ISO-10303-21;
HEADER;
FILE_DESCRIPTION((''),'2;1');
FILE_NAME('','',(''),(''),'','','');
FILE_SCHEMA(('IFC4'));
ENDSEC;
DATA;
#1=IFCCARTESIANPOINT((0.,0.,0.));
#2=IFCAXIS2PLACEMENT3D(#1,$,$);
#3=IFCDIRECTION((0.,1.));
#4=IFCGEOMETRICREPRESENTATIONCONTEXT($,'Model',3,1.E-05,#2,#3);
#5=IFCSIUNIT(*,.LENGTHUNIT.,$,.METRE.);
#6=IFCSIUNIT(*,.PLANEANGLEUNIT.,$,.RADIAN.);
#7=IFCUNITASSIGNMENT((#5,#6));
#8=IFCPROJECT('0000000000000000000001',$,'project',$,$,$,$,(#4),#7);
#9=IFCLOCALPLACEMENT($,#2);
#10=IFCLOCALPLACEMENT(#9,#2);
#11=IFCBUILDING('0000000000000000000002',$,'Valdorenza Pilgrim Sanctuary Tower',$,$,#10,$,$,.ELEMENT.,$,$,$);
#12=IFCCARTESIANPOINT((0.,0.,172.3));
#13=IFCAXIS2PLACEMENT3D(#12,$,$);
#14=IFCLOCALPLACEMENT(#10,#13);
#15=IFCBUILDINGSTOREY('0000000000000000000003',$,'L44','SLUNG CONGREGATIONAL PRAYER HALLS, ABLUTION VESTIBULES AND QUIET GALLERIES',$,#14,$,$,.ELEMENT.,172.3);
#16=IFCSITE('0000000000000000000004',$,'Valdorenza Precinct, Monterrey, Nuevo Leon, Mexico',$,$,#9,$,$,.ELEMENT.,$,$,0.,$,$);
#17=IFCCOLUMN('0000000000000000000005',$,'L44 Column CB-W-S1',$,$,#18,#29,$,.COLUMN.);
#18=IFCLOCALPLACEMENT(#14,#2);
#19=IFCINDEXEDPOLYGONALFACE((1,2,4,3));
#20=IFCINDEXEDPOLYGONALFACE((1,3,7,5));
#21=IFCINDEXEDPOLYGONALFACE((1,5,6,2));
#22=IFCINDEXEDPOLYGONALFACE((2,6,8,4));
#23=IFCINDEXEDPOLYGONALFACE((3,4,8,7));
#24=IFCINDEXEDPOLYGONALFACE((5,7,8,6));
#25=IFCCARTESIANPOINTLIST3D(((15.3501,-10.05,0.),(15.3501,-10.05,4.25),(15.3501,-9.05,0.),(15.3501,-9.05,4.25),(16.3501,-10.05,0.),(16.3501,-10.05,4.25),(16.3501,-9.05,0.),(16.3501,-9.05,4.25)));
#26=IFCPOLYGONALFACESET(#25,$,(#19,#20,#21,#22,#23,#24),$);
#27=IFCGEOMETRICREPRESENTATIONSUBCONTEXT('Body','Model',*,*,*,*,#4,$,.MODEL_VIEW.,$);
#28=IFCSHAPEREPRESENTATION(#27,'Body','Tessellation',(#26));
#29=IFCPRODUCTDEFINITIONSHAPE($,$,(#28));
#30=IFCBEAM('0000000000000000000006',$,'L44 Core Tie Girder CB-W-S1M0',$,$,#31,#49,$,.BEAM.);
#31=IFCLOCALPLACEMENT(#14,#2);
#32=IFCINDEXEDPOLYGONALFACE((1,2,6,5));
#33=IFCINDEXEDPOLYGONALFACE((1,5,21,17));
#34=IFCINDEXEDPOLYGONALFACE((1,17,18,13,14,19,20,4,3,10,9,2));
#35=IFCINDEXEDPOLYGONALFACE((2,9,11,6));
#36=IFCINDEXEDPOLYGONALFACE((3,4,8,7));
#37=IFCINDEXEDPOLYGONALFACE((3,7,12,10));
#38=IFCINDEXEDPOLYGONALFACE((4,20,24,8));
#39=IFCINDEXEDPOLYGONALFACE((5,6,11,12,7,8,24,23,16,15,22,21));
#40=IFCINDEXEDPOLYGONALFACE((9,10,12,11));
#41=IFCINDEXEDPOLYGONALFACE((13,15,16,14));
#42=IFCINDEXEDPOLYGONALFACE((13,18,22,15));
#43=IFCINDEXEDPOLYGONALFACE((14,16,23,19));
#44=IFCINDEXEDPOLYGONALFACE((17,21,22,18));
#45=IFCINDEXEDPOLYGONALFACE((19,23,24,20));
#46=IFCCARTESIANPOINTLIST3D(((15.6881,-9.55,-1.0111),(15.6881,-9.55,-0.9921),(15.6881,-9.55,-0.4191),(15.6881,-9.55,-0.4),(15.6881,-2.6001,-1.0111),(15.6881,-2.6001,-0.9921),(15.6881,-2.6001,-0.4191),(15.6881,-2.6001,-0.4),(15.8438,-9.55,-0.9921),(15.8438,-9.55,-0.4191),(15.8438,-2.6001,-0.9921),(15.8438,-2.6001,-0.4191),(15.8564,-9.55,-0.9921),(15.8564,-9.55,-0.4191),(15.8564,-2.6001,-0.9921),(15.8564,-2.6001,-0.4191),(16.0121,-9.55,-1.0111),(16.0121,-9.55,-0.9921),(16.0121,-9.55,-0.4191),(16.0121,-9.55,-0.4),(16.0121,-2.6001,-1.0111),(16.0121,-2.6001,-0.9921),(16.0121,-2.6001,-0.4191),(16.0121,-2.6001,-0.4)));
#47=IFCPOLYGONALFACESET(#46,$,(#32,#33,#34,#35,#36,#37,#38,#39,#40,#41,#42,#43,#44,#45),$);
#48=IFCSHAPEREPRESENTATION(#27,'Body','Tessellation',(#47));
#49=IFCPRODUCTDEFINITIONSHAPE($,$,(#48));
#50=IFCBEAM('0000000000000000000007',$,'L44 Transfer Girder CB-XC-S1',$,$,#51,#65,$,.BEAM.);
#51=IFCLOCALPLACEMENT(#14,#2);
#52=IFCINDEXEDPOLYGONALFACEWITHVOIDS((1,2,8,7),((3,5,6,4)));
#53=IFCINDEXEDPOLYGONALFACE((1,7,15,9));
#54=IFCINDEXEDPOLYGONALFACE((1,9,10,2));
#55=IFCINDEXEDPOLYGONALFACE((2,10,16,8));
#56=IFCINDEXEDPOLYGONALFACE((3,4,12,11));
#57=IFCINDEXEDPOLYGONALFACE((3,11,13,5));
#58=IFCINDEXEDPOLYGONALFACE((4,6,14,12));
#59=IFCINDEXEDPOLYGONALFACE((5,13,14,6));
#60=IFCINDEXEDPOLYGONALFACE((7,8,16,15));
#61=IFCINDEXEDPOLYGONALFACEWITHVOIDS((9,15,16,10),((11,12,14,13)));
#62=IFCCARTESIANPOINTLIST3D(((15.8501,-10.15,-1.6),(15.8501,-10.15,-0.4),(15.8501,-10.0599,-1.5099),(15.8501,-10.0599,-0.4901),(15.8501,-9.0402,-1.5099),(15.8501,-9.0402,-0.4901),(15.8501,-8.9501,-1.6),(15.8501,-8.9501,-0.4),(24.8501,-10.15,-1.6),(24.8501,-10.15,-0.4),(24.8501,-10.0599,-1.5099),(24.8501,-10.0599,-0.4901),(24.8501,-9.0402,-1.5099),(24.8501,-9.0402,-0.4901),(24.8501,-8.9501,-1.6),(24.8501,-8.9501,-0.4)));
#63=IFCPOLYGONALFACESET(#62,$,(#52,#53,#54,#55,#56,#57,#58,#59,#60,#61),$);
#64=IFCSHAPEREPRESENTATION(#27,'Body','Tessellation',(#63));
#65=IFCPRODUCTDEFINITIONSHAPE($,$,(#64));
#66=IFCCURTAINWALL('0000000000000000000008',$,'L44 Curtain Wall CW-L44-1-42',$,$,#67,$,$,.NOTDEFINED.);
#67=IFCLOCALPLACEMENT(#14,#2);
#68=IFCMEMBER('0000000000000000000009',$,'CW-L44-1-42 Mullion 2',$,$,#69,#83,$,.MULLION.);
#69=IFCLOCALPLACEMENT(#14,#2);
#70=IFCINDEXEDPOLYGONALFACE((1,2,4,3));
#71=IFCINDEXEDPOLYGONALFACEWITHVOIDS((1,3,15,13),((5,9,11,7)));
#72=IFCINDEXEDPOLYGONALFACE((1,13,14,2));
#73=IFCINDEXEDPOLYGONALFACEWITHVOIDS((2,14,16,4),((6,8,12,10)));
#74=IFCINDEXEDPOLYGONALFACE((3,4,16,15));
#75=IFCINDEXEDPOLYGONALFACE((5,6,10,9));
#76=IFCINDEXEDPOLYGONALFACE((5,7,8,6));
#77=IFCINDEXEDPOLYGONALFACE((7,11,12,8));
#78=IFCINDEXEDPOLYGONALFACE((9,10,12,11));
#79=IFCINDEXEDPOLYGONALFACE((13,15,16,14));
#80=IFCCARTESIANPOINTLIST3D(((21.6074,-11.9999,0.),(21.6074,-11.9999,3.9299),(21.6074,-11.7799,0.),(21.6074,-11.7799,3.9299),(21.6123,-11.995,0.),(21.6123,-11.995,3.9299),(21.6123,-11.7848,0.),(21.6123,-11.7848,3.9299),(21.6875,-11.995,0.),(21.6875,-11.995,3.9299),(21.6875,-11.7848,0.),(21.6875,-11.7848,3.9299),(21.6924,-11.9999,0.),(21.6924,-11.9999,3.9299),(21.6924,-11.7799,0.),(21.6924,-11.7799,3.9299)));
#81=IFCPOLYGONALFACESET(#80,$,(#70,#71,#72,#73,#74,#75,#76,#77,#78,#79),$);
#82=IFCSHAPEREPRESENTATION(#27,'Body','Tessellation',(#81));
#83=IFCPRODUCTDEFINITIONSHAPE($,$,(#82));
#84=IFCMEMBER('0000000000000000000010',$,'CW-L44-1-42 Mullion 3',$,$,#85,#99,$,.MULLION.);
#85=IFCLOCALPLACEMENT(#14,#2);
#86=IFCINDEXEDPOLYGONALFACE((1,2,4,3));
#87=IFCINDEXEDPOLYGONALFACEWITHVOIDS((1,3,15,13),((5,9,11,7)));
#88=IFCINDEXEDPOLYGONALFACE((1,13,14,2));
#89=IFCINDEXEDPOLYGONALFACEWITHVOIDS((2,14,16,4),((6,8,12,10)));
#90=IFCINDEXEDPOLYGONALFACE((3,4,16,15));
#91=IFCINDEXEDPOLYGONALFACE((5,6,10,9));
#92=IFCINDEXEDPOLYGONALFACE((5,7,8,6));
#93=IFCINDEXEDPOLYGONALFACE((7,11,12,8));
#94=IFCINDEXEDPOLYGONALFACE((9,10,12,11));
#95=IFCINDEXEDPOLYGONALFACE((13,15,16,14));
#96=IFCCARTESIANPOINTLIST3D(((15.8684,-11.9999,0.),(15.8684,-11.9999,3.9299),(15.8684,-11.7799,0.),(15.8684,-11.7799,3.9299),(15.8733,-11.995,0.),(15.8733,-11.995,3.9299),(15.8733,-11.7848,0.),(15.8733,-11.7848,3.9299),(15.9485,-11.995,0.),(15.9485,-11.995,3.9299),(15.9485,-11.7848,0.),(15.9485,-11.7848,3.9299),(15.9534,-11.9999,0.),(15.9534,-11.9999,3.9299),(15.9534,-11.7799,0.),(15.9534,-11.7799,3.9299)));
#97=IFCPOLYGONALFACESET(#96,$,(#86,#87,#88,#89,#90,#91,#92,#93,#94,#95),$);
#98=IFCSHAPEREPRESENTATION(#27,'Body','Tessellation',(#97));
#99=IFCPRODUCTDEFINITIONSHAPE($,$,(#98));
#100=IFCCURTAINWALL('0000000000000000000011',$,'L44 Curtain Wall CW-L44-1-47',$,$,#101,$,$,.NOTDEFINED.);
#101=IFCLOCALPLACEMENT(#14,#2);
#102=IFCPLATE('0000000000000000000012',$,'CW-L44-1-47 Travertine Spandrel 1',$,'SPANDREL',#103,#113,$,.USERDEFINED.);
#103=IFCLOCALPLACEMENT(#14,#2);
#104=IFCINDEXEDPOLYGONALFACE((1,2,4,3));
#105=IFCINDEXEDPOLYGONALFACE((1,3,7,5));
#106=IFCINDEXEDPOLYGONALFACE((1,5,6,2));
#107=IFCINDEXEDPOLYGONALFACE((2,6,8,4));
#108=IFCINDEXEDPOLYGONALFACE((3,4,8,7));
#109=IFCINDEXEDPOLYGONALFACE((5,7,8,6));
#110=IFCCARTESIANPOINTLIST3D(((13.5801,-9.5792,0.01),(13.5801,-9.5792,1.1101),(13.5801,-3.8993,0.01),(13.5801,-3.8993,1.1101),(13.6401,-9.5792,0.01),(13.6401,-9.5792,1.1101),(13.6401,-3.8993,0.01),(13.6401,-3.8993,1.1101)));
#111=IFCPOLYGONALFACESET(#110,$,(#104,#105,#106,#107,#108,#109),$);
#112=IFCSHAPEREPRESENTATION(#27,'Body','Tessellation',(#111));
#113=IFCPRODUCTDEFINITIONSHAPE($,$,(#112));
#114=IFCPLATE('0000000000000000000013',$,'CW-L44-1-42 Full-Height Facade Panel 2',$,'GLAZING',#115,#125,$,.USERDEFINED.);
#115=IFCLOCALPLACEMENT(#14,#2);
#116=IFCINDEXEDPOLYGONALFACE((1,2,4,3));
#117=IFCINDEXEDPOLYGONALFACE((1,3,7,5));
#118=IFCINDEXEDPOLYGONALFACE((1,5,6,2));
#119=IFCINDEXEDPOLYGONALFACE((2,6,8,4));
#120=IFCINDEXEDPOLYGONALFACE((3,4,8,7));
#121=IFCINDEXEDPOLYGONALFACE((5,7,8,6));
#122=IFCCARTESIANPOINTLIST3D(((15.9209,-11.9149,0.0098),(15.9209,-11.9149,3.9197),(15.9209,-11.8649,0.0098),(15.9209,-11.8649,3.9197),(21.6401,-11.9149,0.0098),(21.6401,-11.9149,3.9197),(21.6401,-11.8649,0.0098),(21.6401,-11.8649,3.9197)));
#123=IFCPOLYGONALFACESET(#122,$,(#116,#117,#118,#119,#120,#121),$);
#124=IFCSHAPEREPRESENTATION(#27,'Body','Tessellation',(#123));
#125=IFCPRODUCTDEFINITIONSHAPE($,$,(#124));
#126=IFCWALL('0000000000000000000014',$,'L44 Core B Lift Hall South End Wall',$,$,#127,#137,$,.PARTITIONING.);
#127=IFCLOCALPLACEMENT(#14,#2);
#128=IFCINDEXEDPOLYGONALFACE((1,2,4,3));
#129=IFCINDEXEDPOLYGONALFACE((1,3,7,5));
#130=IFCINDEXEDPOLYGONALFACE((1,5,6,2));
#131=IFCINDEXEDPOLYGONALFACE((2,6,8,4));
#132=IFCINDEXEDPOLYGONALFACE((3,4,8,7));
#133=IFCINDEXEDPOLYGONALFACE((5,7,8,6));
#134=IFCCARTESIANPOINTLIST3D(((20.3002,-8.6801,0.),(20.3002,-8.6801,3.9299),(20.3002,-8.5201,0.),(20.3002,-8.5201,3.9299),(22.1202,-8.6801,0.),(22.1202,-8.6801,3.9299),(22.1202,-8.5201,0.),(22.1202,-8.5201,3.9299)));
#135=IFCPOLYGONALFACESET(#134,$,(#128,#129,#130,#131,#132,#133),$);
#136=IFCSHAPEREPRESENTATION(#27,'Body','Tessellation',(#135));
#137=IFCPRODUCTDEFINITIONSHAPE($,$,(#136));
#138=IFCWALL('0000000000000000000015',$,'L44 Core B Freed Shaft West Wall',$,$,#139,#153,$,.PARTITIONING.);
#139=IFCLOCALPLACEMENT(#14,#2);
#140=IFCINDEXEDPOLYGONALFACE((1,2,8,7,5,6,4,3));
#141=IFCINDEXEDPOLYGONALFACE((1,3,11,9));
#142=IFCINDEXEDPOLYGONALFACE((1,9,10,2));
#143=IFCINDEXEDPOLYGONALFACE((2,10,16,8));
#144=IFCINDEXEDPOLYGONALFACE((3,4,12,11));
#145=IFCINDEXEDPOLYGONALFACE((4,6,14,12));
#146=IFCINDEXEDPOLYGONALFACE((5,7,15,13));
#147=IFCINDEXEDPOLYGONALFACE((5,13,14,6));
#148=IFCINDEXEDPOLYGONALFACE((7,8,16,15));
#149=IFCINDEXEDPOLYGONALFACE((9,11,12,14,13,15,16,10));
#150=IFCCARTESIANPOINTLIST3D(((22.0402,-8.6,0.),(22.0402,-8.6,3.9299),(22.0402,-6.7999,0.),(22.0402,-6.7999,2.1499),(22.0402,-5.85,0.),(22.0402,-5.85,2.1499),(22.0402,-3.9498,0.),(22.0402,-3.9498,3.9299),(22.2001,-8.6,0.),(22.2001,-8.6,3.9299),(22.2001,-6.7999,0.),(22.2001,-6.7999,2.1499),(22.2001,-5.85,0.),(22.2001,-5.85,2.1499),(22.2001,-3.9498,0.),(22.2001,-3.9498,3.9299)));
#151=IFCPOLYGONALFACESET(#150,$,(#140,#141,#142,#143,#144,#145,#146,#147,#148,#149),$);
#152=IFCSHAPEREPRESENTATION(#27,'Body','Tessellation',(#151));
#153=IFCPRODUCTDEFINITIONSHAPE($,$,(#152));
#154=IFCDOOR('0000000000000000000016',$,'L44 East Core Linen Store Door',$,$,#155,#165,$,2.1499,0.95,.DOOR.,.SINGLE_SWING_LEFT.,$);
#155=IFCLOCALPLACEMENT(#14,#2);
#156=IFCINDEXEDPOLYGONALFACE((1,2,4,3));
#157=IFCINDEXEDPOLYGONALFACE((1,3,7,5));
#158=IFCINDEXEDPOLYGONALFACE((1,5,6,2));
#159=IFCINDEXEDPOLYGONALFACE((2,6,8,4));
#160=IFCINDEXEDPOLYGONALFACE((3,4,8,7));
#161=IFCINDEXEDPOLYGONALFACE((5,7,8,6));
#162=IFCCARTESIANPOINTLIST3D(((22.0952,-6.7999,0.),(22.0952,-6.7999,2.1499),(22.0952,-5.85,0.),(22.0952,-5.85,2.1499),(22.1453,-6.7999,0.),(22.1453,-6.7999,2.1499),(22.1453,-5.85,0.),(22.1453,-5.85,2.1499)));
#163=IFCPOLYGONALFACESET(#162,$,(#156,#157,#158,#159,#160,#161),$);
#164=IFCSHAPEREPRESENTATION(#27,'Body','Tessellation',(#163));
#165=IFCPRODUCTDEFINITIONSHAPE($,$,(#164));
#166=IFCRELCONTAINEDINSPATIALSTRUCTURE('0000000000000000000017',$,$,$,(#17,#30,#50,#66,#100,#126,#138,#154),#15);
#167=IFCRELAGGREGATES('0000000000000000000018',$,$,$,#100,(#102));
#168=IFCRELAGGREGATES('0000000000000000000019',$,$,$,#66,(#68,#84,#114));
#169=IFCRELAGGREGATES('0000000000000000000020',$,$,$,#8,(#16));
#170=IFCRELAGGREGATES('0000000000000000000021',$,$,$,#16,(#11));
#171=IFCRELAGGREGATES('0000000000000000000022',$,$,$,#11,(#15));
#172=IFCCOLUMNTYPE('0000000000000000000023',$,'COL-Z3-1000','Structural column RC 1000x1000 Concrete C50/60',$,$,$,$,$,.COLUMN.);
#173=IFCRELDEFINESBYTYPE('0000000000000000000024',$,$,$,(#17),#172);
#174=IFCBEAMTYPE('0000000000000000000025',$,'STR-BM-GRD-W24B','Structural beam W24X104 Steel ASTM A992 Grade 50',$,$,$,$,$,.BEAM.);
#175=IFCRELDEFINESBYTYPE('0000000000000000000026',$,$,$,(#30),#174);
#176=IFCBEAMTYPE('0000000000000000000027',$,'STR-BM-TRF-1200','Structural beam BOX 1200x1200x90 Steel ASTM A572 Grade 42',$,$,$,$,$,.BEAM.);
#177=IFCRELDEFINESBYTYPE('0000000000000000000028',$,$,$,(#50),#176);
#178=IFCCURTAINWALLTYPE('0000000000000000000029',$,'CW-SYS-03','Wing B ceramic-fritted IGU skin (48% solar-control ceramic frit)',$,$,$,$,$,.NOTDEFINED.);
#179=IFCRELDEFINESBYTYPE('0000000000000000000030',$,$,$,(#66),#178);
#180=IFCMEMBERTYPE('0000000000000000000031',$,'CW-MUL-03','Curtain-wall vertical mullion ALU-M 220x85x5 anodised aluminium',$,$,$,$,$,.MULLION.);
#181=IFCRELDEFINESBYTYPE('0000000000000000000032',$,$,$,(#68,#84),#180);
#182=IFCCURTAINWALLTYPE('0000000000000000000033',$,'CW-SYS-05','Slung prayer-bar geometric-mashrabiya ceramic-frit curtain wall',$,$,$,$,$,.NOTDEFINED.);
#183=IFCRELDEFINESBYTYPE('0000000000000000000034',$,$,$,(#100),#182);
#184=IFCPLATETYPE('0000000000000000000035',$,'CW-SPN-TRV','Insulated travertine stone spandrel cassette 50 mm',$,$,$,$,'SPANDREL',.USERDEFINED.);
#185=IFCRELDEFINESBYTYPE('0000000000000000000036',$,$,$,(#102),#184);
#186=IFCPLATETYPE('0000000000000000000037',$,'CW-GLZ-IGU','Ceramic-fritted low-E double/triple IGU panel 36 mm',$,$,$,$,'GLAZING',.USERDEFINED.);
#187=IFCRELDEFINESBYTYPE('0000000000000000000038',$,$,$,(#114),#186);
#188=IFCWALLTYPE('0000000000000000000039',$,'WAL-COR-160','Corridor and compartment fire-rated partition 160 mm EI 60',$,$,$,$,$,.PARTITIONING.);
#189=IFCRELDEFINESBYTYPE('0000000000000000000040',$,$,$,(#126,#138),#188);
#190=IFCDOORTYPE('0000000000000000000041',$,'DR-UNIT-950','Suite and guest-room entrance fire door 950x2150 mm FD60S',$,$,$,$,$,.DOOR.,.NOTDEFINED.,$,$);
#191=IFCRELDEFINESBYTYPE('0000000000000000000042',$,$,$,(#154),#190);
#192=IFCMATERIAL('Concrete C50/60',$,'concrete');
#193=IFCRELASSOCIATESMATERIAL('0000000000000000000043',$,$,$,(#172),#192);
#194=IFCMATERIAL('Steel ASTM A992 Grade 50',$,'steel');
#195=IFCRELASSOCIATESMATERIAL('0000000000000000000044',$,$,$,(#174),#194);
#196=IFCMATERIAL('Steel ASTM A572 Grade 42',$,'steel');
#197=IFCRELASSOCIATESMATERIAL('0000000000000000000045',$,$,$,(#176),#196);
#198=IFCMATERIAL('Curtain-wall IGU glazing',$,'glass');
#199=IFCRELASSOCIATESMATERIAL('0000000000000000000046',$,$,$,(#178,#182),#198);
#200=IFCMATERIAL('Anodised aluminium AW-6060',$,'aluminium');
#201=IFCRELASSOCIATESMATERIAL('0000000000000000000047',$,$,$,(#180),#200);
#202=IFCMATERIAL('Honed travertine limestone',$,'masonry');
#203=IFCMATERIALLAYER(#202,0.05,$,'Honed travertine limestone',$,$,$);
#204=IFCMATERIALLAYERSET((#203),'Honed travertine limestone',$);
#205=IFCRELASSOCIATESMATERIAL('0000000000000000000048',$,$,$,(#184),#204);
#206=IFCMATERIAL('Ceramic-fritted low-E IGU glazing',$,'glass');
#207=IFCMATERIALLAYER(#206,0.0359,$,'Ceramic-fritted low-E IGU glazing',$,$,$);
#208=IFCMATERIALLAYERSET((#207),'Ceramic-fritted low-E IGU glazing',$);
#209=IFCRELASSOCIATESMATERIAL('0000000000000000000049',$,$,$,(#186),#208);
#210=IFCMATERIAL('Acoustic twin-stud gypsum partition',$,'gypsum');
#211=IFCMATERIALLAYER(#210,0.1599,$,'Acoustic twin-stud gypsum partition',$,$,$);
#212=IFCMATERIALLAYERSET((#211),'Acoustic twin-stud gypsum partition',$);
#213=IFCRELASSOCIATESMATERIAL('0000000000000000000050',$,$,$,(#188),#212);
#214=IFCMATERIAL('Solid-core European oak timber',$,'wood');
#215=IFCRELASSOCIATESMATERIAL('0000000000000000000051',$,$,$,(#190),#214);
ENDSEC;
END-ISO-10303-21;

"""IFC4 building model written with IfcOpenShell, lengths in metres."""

from ifc_helpers import new_model, si_unit, direction, frame, frame_2d, origin, origin_2d, place, context, subcontext, project, spatial, rectangle, hollow_rectangle, i_section, extrude, source, transform, mapped, material, layer, layer_set, material_profile, profile_set, type_object, element, fill, aggregate, save


model = new_model("IFC4")

# Units and contexts
model_context = context("Model", 3, precision=1e-05, world=origin(), true_north=direction((0.0, 1.0)))
body_context = subcontext(model_context, "Body", "Model", "MODEL_VIEW")
ifc_project = project(units=[si_unit("LENGTHUNIT", "METRE"), si_unit("PLANEANGLEUNIT", "RADIAN")], contexts=[model_context])

# Site, building, storey
site_placement = place(None, origin())
site = spatial("IfcSite", under=ifc_project, at=site_placement, Name="Valdorenza Precinct, Monterrey, Nuevo Leon, Mexico", CompositionType="ELEMENT", RefElevation=0.0)
building_placement = place(site_placement, origin())
building = spatial("IfcBuilding", under=site, at=building_placement, Name="Valdorenza Pilgrim Sanctuary Tower", CompositionType="ELEMENT")
storey_placement = place(building_placement, frame((0.0, 0.0, 172.3)))
storey = spatial("IfcBuildingStorey", under=building, at=storey_placement, Name="L44", Description="SLUNG CONGREGATIONAL PRAYER HALLS, ABLUTION VESTIBULES AND QUIET GALLERIES", CompositionType="ELEMENT", Elevation=172.3)

# Column
ifc_material_1 = material(Name="Concrete C50/60", Category="concrete")
ifc_material_profile_1 = material_profile(ifc_material_1, rectangle(XDim=1.0, YDim=1.0, at=origin_2d()), Name="RC 1000x1000")
ifc_profile_set_1 = profile_set([ifc_material_profile_1], Name="Concrete C50/60")
column_type = type_object("IfcColumnType", Name="COL-Z3-1000", Description="Structural column RC 1000x1000 Concrete C50/60", PredefinedType="COLUMN", material=ifc_profile_set_1)
shared_shape_1 = source(origin(), body_context, "Body", "SweptSolid", [
    extrude(rectangle(XDim=1.0, YDim=1.0, at=origin_2d()), origin(), (0.0, 0.0, 1.0), 4.25),
])
column_placement = place(storey_placement, frame((15.8501, -9.55, 0.0), z_axis=(0.0, 0.0, 1.0), x_axis=(1.0, 0.0, 0.0)))
element("IfcColumn", 1, at=column_placement, inside=storey, type_object=column_type, Name="L44 Column CB-W-S1", PredefinedType="COLUMN", context=body_context, shape_type="MappedRepresentation", body=[
    mapped(shared_shape_1, transform((0.0, 0.0, 0.0), x_axis=(1.0, 0.0, 0.0), y_axis=(0.0, 1.0, 0.0), z_axis=(0.0, 0.0, 1.0), scale=1.0)),
])

# Beams
ifc_material_2 = material(Name="Steel ASTM A992 Grade 50", Category="steel")
ifc_material_profile_2 = material_profile(ifc_material_2, i_section(OverallWidth=0.324, OverallDepth=0.6111, WebThickness=0.0127, FlangeThickness=0.019, at=origin_2d()), Name="W24X104")
ifc_profile_set_2 = profile_set([ifc_material_profile_2], Name="Steel ASTM A992 Grade 50")
beam_type_1 = type_object("IfcBeamType", Name="STR-BM-GRD-W24B", Description="Structural beam W24X104 Steel ASTM A992 Grade 50", PredefinedType="BEAM", material=ifc_profile_set_2)
shared_shape_2 = source(origin(), body_context, "Body", "SweptSolid", [
    extrude(i_section(OverallWidth=0.324, OverallDepth=0.6111, WebThickness=0.0127, FlangeThickness=0.019, at=origin_2d()), origin(), (0.0, 0.0, 1.0), 6.95),
])
beam_1_placement = place(storey_placement, frame((15.8501, -9.55, -0.7056), z_axis=(0.0, 1.0, 0.0), x_axis=(-1.0, 0.0, 0.0)))
element("IfcBeam", 2, at=beam_1_placement, inside=storey, type_object=beam_type_1, Name="L44 Core Tie Girder CB-W-S1M0", PredefinedType="BEAM", context=body_context, shape_type="MappedRepresentation", body=[
    mapped(shared_shape_2, transform((0.0, 0.0, 0.0), x_axis=(1.0, 0.0, 0.0), y_axis=(0.0, 1.0, 0.0), z_axis=(0.0, 0.0, 1.0), scale=1.0)),
])
ifc_material_3 = material(Name="Steel ASTM A572 Grade 42", Category="steel")
ifc_material_profile_3 = material_profile(ifc_material_3, hollow_rectangle(XDim=1.2, YDim=1.2, WallThickness=0.0901, at=origin_2d()), Name="BOX 1200x1200x90")
ifc_profile_set_3 = profile_set([ifc_material_profile_3], Name="Steel ASTM A572 Grade 42")
beam_type_2 = type_object("IfcBeamType", Name="STR-BM-TRF-1200", Description="Structural beam BOX 1200x1200x90 Steel ASTM A572 Grade 42", PredefinedType="BEAM", material=ifc_profile_set_3)
shared_shape_3 = source(origin(), body_context, "Body", "SweptSolid", [
    extrude(hollow_rectangle(XDim=1.2, YDim=1.2, WallThickness=0.0901, at=origin_2d()), origin(), (0.0, 0.0, 1.0), 9.0),
])
beam_2_placement = place(storey_placement, frame((15.8501, -9.55, -1.0), z_axis=(1.0, 0.0, 0.0), x_axis=(0.0, 1.0, 0.0)))
element("IfcBeam", 3, at=beam_2_placement, inside=storey, type_object=beam_type_2, Name="L44 Transfer Girder CB-XC-S1", PredefinedType="BEAM", context=body_context, shape_type="MappedRepresentation", body=[
    mapped(shared_shape_3, transform((0.0, 0.0, 0.0), x_axis=(1.0, 0.0, 0.0), y_axis=(0.0, 1.0, 0.0), z_axis=(0.0, 0.0, 1.0), scale=1.0)),
])

# Curtain wall, members
ifc_material_4 = material(Name="Curtain-wall IGU glazing", Category="glass")
curtain_wall_type_1 = type_object("IfcCurtainWallType", Name="CW-SYS-03", Description="Wing B ceramic-fritted IGU skin (48% solar-control ceramic frit)", PredefinedType="NOTDEFINED", material=ifc_material_4)
curtain_wall_1_placement = place(storey_placement, origin())
curtain_wall_1 = element("IfcCurtainWall", 4, at=curtain_wall_1_placement, inside=storey, type_object=curtain_wall_type_1, Name="L44 Curtain Wall CW-L44-1-42", PredefinedType="NOTDEFINED")
ifc_material_5 = material(Name="Anodised aluminium AW-6060", Category="aluminium")
ifc_material_profile_4 = material_profile(ifc_material_5, hollow_rectangle(XDim=0.085, YDim=0.22, WallThickness=0.0049, at=origin_2d()), Name="ALU-M 220x85x5")
ifc_profile_set_4 = profile_set([ifc_material_profile_4], Name="Anodised aluminium AW-6060")
member_type = type_object("IfcMemberType", Name="CW-MUL-03", Description="Curtain-wall vertical mullion ALU-M 220x85x5 anodised aluminium", PredefinedType="MULLION", material=ifc_profile_set_4)
shared_shape_4 = source(origin(), body_context, "Body", "SweptSolid", [
    extrude(hollow_rectangle(XDim=0.085, YDim=0.22, WallThickness=0.0049, at=origin_2d()), origin(), (0.0, 0.0, 1.0), 3.9299),
])
member_1_placement = place(storey_placement, frame((21.6499, -11.8899, 0.0), z_axis=(0.0, 0.0, 1.0), x_axis=(-1.0, 0.0, 0.0)))
member_1 = element("IfcMember", 5, at=member_1_placement, type_object=member_type, Name="CW-L44-1-42 Mullion 2", PredefinedType="MULLION", context=body_context, shape_type="MappedRepresentation", body=[
    mapped(shared_shape_4, transform((0.0, 0.0, 0.0), x_axis=(1.0, 0.0, 0.0), y_axis=(0.0, 1.0, 0.0), z_axis=(0.0, 0.0, 1.0), scale=1.0)),
])
member_2_placement = place(storey_placement, frame((15.9109, -11.8899, 0.0), z_axis=(0.0, 0.0, 1.0), x_axis=(-1.0, 0.0, 0.0)))
member_2 = element("IfcMember", 6, at=member_2_placement, type_object=member_type, Name="CW-L44-1-42 Mullion 3", PredefinedType="MULLION", context=body_context, shape_type="MappedRepresentation", body=[
    mapped(shared_shape_4, transform((0.0, 0.0, 0.0), x_axis=(1.0, 0.0, 0.0), y_axis=(0.0, 1.0, 0.0), z_axis=(0.0, 0.0, 1.0), scale=1.0)),
])

# Curtain wall, plate
curtain_wall_type_2 = type_object("IfcCurtainWallType", Name="CW-SYS-05", Description="Slung prayer-bar geometric-mashrabiya ceramic-frit curtain wall", PredefinedType="NOTDEFINED", material=ifc_material_4)
curtain_wall_2_placement = place(storey_placement, origin())
curtain_wall_2 = element("IfcCurtainWall", 7, at=curtain_wall_2_placement, inside=storey, type_object=curtain_wall_type_2, Name="L44 Curtain Wall CW-L44-1-47", PredefinedType="NOTDEFINED")
ifc_material_6 = material(Name="Honed travertine limestone", Category="masonry")
ifc_layer_1 = layer(ifc_material_6, 0.05, Name="Honed travertine limestone")
ifc_layer_set_1 = layer_set([ifc_layer_1], Name="Honed travertine limestone")
plate_type_1 = type_object("IfcPlateType", Name="CW-SPN-TRV", Description="Insulated travertine stone spandrel cassette 50 mm", ElementType="SPANDREL", PredefinedType="USERDEFINED", material=ifc_layer_set_1)
shared_shape_5 = source(origin(), body_context, "Body", "SweptSolid", [
    extrude(rectangle(XDim=5.6799, YDim=0.0601, at=origin_2d()), origin(), (0.0, 0.0, 1.0), 1.1001),
])
plate_1_placement = place(storey_placement, frame((13.6101, -6.7393, 0.01), z_axis=(0.0, 0.0, 1.0), x_axis=(0.0, 1.0, 0.0)))
plate_1 = element("IfcPlate", 8, at=plate_1_placement, type_object=plate_type_1, Name="CW-L44-1-47 Travertine Spandrel 1", ObjectType="SPANDREL", PredefinedType="USERDEFINED", context=body_context, shape_type="MappedRepresentation", body=[
    mapped(shared_shape_5, transform((0.0, 0.0, 0.0), x_axis=(1.0, 0.0, 0.0), y_axis=(0.0, 1.0, 0.0), z_axis=(0.0, 0.0, 1.0), scale=1.0)),
])
aggregate(curtain_wall_2, [plate_1])

# Plate
ifc_material_7 = material(Name="Ceramic-fritted low-E IGU glazing", Category="glass")
ifc_layer_2 = layer(ifc_material_7, 0.0359, Name="Ceramic-fritted low-E IGU glazing")
ifc_layer_set_2 = layer_set([ifc_layer_2], Name="Ceramic-fritted low-E IGU glazing")
plate_type_2 = type_object("IfcPlateType", Name="CW-GLZ-IGU", Description="Ceramic-fritted low-E double/triple IGU panel 36 mm", ElementType="GLAZING", PredefinedType="USERDEFINED", material=ifc_layer_set_2)
shared_shape_6 = source(origin(), body_context, "Body", "SweptSolid", [
    extrude(rectangle(XDim=5.7192, YDim=0.05, at=origin_2d()), origin(), (0.0, 0.0, 1.0), 3.9099),
])
plate_2_placement = place(storey_placement, frame((18.7805, -11.8899, 0.0098), z_axis=(0.0, 0.0, 1.0), x_axis=(-1.0, 0.0, 0.0)))
plate_2 = element("IfcPlate", 9, at=plate_2_placement, type_object=plate_type_2, Name="CW-L44-1-42 Full-Height Facade Panel 2", ObjectType="GLAZING", PredefinedType="USERDEFINED", context=body_context, shape_type="MappedRepresentation", body=[
    mapped(shared_shape_6, transform((0.0, 0.0, 0.0), x_axis=(1.0, 0.0, 0.0), y_axis=(0.0, 1.0, 0.0), z_axis=(0.0, 0.0, 1.0), scale=1.0)),
])
aggregate(curtain_wall_1, [member_1, member_2, plate_2])

# Wall
ifc_material_8 = material(Name="Acoustic twin-stud gypsum partition", Category="gypsum")
ifc_layer_3 = layer(ifc_material_8, 0.1599, Name="Acoustic twin-stud gypsum partition")
ifc_layer_set_3 = layer_set([ifc_layer_3], Name="Acoustic twin-stud gypsum partition")
wall_type_1 = type_object("IfcWallType", Name="WAL-COR-160", Description="Corridor and compartment fire-rated partition 160 mm EI 60", PredefinedType="PARTITIONING", material=ifc_layer_set_3)
wall_1_placement = place(storey_placement, frame((20.3, -8.6001, 0.0), z_axis=(0.0, 0.0, 1.0), x_axis=(1.0, 0.0, 0.0)))
element("IfcWall", 10, at=wall_1_placement, inside=storey, type_object=wall_type_1, Name="L44 Core B Lift Hall South End Wall", PredefinedType="PARTITIONING", context=body_context, shape_type="SweptSolid", body=[
    extrude(rectangle(XDim=1.8201, YDim=0.1599, at=frame_2d((0.9102, 0.0))), origin(), (0.0, 0.0, 1.0), 3.9299),
])

# Wall, opening, door
wall_2_placement = place(storey_placement, frame((22.1201, -8.6001, 0.0), z_axis=(0.0, 0.0, 1.0), x_axis=(0.0, 1.0, 0.0)))
wall_2 = element("IfcWall", 11, at=wall_2_placement, inside=storey, type_object=wall_type_1, Name="L44 Core B Freed Shaft West Wall", PredefinedType="PARTITIONING", context=body_context, shape_type="SweptSolid", body=[
    extrude(rectangle(XDim=4.6501, YDim=0.1599, at=frame_2d((2.3252, 0.0))), origin(), (0.0, 0.0, 1.0), 3.9299),
])
opening_placement = place(wall_2_placement, frame((1.8, 0.0, 0.0)))
opening = element("IfcOpeningElement", 12, at=opening_placement, cuts=wall_2, PredefinedType="OPENING", context=body_context, shape_type="SweptSolid", body=[
    extrude(rectangle(XDim=0.95, YDim=2.1499, at=frame_2d((0.4751, 1.075))), frame((0.0, 0.0947, 0.0), z_axis=(0.0, -1.0, 0.0), x_axis=(1.0, 0.0, 0.0)), (0.0, 0.0, 1.0), 0.1897),
])
ifc_material_9 = material(Name="Solid-core European oak timber", Category="wood")
door_type = type_object("IfcDoorType", Name="DR-UNIT-950", Description="Suite and guest-room entrance fire door 950x2150 mm FD60S", OperationType="NOTDEFINED", PredefinedType="DOOR", material=ifc_material_9)
door_placement = place(opening_placement, origin())
door = element("IfcDoor", 13, at=door_placement, inside=storey, type_object=door_type, Name="L44 East Core Linen Store Door", OperationType="SINGLE_SWING_LEFT", OverallHeight=2.1499, OverallWidth=0.95, PredefinedType="DOOR", context=body_context, shape_type="SweptSolid", body=[
    extrude(rectangle(XDim=0.95, YDim=2.1499, at=frame_2d((0.4751, 1.075))), frame((0.0, 0.0249, 0.0), z_axis=(0.0, -1.0, 0.0), x_axis=(1.0, 0.0, 0.0)), (0.0, 0.0, 1.0), 0.05),
])
fill(opening, door)

save(model, "model.ifc")
